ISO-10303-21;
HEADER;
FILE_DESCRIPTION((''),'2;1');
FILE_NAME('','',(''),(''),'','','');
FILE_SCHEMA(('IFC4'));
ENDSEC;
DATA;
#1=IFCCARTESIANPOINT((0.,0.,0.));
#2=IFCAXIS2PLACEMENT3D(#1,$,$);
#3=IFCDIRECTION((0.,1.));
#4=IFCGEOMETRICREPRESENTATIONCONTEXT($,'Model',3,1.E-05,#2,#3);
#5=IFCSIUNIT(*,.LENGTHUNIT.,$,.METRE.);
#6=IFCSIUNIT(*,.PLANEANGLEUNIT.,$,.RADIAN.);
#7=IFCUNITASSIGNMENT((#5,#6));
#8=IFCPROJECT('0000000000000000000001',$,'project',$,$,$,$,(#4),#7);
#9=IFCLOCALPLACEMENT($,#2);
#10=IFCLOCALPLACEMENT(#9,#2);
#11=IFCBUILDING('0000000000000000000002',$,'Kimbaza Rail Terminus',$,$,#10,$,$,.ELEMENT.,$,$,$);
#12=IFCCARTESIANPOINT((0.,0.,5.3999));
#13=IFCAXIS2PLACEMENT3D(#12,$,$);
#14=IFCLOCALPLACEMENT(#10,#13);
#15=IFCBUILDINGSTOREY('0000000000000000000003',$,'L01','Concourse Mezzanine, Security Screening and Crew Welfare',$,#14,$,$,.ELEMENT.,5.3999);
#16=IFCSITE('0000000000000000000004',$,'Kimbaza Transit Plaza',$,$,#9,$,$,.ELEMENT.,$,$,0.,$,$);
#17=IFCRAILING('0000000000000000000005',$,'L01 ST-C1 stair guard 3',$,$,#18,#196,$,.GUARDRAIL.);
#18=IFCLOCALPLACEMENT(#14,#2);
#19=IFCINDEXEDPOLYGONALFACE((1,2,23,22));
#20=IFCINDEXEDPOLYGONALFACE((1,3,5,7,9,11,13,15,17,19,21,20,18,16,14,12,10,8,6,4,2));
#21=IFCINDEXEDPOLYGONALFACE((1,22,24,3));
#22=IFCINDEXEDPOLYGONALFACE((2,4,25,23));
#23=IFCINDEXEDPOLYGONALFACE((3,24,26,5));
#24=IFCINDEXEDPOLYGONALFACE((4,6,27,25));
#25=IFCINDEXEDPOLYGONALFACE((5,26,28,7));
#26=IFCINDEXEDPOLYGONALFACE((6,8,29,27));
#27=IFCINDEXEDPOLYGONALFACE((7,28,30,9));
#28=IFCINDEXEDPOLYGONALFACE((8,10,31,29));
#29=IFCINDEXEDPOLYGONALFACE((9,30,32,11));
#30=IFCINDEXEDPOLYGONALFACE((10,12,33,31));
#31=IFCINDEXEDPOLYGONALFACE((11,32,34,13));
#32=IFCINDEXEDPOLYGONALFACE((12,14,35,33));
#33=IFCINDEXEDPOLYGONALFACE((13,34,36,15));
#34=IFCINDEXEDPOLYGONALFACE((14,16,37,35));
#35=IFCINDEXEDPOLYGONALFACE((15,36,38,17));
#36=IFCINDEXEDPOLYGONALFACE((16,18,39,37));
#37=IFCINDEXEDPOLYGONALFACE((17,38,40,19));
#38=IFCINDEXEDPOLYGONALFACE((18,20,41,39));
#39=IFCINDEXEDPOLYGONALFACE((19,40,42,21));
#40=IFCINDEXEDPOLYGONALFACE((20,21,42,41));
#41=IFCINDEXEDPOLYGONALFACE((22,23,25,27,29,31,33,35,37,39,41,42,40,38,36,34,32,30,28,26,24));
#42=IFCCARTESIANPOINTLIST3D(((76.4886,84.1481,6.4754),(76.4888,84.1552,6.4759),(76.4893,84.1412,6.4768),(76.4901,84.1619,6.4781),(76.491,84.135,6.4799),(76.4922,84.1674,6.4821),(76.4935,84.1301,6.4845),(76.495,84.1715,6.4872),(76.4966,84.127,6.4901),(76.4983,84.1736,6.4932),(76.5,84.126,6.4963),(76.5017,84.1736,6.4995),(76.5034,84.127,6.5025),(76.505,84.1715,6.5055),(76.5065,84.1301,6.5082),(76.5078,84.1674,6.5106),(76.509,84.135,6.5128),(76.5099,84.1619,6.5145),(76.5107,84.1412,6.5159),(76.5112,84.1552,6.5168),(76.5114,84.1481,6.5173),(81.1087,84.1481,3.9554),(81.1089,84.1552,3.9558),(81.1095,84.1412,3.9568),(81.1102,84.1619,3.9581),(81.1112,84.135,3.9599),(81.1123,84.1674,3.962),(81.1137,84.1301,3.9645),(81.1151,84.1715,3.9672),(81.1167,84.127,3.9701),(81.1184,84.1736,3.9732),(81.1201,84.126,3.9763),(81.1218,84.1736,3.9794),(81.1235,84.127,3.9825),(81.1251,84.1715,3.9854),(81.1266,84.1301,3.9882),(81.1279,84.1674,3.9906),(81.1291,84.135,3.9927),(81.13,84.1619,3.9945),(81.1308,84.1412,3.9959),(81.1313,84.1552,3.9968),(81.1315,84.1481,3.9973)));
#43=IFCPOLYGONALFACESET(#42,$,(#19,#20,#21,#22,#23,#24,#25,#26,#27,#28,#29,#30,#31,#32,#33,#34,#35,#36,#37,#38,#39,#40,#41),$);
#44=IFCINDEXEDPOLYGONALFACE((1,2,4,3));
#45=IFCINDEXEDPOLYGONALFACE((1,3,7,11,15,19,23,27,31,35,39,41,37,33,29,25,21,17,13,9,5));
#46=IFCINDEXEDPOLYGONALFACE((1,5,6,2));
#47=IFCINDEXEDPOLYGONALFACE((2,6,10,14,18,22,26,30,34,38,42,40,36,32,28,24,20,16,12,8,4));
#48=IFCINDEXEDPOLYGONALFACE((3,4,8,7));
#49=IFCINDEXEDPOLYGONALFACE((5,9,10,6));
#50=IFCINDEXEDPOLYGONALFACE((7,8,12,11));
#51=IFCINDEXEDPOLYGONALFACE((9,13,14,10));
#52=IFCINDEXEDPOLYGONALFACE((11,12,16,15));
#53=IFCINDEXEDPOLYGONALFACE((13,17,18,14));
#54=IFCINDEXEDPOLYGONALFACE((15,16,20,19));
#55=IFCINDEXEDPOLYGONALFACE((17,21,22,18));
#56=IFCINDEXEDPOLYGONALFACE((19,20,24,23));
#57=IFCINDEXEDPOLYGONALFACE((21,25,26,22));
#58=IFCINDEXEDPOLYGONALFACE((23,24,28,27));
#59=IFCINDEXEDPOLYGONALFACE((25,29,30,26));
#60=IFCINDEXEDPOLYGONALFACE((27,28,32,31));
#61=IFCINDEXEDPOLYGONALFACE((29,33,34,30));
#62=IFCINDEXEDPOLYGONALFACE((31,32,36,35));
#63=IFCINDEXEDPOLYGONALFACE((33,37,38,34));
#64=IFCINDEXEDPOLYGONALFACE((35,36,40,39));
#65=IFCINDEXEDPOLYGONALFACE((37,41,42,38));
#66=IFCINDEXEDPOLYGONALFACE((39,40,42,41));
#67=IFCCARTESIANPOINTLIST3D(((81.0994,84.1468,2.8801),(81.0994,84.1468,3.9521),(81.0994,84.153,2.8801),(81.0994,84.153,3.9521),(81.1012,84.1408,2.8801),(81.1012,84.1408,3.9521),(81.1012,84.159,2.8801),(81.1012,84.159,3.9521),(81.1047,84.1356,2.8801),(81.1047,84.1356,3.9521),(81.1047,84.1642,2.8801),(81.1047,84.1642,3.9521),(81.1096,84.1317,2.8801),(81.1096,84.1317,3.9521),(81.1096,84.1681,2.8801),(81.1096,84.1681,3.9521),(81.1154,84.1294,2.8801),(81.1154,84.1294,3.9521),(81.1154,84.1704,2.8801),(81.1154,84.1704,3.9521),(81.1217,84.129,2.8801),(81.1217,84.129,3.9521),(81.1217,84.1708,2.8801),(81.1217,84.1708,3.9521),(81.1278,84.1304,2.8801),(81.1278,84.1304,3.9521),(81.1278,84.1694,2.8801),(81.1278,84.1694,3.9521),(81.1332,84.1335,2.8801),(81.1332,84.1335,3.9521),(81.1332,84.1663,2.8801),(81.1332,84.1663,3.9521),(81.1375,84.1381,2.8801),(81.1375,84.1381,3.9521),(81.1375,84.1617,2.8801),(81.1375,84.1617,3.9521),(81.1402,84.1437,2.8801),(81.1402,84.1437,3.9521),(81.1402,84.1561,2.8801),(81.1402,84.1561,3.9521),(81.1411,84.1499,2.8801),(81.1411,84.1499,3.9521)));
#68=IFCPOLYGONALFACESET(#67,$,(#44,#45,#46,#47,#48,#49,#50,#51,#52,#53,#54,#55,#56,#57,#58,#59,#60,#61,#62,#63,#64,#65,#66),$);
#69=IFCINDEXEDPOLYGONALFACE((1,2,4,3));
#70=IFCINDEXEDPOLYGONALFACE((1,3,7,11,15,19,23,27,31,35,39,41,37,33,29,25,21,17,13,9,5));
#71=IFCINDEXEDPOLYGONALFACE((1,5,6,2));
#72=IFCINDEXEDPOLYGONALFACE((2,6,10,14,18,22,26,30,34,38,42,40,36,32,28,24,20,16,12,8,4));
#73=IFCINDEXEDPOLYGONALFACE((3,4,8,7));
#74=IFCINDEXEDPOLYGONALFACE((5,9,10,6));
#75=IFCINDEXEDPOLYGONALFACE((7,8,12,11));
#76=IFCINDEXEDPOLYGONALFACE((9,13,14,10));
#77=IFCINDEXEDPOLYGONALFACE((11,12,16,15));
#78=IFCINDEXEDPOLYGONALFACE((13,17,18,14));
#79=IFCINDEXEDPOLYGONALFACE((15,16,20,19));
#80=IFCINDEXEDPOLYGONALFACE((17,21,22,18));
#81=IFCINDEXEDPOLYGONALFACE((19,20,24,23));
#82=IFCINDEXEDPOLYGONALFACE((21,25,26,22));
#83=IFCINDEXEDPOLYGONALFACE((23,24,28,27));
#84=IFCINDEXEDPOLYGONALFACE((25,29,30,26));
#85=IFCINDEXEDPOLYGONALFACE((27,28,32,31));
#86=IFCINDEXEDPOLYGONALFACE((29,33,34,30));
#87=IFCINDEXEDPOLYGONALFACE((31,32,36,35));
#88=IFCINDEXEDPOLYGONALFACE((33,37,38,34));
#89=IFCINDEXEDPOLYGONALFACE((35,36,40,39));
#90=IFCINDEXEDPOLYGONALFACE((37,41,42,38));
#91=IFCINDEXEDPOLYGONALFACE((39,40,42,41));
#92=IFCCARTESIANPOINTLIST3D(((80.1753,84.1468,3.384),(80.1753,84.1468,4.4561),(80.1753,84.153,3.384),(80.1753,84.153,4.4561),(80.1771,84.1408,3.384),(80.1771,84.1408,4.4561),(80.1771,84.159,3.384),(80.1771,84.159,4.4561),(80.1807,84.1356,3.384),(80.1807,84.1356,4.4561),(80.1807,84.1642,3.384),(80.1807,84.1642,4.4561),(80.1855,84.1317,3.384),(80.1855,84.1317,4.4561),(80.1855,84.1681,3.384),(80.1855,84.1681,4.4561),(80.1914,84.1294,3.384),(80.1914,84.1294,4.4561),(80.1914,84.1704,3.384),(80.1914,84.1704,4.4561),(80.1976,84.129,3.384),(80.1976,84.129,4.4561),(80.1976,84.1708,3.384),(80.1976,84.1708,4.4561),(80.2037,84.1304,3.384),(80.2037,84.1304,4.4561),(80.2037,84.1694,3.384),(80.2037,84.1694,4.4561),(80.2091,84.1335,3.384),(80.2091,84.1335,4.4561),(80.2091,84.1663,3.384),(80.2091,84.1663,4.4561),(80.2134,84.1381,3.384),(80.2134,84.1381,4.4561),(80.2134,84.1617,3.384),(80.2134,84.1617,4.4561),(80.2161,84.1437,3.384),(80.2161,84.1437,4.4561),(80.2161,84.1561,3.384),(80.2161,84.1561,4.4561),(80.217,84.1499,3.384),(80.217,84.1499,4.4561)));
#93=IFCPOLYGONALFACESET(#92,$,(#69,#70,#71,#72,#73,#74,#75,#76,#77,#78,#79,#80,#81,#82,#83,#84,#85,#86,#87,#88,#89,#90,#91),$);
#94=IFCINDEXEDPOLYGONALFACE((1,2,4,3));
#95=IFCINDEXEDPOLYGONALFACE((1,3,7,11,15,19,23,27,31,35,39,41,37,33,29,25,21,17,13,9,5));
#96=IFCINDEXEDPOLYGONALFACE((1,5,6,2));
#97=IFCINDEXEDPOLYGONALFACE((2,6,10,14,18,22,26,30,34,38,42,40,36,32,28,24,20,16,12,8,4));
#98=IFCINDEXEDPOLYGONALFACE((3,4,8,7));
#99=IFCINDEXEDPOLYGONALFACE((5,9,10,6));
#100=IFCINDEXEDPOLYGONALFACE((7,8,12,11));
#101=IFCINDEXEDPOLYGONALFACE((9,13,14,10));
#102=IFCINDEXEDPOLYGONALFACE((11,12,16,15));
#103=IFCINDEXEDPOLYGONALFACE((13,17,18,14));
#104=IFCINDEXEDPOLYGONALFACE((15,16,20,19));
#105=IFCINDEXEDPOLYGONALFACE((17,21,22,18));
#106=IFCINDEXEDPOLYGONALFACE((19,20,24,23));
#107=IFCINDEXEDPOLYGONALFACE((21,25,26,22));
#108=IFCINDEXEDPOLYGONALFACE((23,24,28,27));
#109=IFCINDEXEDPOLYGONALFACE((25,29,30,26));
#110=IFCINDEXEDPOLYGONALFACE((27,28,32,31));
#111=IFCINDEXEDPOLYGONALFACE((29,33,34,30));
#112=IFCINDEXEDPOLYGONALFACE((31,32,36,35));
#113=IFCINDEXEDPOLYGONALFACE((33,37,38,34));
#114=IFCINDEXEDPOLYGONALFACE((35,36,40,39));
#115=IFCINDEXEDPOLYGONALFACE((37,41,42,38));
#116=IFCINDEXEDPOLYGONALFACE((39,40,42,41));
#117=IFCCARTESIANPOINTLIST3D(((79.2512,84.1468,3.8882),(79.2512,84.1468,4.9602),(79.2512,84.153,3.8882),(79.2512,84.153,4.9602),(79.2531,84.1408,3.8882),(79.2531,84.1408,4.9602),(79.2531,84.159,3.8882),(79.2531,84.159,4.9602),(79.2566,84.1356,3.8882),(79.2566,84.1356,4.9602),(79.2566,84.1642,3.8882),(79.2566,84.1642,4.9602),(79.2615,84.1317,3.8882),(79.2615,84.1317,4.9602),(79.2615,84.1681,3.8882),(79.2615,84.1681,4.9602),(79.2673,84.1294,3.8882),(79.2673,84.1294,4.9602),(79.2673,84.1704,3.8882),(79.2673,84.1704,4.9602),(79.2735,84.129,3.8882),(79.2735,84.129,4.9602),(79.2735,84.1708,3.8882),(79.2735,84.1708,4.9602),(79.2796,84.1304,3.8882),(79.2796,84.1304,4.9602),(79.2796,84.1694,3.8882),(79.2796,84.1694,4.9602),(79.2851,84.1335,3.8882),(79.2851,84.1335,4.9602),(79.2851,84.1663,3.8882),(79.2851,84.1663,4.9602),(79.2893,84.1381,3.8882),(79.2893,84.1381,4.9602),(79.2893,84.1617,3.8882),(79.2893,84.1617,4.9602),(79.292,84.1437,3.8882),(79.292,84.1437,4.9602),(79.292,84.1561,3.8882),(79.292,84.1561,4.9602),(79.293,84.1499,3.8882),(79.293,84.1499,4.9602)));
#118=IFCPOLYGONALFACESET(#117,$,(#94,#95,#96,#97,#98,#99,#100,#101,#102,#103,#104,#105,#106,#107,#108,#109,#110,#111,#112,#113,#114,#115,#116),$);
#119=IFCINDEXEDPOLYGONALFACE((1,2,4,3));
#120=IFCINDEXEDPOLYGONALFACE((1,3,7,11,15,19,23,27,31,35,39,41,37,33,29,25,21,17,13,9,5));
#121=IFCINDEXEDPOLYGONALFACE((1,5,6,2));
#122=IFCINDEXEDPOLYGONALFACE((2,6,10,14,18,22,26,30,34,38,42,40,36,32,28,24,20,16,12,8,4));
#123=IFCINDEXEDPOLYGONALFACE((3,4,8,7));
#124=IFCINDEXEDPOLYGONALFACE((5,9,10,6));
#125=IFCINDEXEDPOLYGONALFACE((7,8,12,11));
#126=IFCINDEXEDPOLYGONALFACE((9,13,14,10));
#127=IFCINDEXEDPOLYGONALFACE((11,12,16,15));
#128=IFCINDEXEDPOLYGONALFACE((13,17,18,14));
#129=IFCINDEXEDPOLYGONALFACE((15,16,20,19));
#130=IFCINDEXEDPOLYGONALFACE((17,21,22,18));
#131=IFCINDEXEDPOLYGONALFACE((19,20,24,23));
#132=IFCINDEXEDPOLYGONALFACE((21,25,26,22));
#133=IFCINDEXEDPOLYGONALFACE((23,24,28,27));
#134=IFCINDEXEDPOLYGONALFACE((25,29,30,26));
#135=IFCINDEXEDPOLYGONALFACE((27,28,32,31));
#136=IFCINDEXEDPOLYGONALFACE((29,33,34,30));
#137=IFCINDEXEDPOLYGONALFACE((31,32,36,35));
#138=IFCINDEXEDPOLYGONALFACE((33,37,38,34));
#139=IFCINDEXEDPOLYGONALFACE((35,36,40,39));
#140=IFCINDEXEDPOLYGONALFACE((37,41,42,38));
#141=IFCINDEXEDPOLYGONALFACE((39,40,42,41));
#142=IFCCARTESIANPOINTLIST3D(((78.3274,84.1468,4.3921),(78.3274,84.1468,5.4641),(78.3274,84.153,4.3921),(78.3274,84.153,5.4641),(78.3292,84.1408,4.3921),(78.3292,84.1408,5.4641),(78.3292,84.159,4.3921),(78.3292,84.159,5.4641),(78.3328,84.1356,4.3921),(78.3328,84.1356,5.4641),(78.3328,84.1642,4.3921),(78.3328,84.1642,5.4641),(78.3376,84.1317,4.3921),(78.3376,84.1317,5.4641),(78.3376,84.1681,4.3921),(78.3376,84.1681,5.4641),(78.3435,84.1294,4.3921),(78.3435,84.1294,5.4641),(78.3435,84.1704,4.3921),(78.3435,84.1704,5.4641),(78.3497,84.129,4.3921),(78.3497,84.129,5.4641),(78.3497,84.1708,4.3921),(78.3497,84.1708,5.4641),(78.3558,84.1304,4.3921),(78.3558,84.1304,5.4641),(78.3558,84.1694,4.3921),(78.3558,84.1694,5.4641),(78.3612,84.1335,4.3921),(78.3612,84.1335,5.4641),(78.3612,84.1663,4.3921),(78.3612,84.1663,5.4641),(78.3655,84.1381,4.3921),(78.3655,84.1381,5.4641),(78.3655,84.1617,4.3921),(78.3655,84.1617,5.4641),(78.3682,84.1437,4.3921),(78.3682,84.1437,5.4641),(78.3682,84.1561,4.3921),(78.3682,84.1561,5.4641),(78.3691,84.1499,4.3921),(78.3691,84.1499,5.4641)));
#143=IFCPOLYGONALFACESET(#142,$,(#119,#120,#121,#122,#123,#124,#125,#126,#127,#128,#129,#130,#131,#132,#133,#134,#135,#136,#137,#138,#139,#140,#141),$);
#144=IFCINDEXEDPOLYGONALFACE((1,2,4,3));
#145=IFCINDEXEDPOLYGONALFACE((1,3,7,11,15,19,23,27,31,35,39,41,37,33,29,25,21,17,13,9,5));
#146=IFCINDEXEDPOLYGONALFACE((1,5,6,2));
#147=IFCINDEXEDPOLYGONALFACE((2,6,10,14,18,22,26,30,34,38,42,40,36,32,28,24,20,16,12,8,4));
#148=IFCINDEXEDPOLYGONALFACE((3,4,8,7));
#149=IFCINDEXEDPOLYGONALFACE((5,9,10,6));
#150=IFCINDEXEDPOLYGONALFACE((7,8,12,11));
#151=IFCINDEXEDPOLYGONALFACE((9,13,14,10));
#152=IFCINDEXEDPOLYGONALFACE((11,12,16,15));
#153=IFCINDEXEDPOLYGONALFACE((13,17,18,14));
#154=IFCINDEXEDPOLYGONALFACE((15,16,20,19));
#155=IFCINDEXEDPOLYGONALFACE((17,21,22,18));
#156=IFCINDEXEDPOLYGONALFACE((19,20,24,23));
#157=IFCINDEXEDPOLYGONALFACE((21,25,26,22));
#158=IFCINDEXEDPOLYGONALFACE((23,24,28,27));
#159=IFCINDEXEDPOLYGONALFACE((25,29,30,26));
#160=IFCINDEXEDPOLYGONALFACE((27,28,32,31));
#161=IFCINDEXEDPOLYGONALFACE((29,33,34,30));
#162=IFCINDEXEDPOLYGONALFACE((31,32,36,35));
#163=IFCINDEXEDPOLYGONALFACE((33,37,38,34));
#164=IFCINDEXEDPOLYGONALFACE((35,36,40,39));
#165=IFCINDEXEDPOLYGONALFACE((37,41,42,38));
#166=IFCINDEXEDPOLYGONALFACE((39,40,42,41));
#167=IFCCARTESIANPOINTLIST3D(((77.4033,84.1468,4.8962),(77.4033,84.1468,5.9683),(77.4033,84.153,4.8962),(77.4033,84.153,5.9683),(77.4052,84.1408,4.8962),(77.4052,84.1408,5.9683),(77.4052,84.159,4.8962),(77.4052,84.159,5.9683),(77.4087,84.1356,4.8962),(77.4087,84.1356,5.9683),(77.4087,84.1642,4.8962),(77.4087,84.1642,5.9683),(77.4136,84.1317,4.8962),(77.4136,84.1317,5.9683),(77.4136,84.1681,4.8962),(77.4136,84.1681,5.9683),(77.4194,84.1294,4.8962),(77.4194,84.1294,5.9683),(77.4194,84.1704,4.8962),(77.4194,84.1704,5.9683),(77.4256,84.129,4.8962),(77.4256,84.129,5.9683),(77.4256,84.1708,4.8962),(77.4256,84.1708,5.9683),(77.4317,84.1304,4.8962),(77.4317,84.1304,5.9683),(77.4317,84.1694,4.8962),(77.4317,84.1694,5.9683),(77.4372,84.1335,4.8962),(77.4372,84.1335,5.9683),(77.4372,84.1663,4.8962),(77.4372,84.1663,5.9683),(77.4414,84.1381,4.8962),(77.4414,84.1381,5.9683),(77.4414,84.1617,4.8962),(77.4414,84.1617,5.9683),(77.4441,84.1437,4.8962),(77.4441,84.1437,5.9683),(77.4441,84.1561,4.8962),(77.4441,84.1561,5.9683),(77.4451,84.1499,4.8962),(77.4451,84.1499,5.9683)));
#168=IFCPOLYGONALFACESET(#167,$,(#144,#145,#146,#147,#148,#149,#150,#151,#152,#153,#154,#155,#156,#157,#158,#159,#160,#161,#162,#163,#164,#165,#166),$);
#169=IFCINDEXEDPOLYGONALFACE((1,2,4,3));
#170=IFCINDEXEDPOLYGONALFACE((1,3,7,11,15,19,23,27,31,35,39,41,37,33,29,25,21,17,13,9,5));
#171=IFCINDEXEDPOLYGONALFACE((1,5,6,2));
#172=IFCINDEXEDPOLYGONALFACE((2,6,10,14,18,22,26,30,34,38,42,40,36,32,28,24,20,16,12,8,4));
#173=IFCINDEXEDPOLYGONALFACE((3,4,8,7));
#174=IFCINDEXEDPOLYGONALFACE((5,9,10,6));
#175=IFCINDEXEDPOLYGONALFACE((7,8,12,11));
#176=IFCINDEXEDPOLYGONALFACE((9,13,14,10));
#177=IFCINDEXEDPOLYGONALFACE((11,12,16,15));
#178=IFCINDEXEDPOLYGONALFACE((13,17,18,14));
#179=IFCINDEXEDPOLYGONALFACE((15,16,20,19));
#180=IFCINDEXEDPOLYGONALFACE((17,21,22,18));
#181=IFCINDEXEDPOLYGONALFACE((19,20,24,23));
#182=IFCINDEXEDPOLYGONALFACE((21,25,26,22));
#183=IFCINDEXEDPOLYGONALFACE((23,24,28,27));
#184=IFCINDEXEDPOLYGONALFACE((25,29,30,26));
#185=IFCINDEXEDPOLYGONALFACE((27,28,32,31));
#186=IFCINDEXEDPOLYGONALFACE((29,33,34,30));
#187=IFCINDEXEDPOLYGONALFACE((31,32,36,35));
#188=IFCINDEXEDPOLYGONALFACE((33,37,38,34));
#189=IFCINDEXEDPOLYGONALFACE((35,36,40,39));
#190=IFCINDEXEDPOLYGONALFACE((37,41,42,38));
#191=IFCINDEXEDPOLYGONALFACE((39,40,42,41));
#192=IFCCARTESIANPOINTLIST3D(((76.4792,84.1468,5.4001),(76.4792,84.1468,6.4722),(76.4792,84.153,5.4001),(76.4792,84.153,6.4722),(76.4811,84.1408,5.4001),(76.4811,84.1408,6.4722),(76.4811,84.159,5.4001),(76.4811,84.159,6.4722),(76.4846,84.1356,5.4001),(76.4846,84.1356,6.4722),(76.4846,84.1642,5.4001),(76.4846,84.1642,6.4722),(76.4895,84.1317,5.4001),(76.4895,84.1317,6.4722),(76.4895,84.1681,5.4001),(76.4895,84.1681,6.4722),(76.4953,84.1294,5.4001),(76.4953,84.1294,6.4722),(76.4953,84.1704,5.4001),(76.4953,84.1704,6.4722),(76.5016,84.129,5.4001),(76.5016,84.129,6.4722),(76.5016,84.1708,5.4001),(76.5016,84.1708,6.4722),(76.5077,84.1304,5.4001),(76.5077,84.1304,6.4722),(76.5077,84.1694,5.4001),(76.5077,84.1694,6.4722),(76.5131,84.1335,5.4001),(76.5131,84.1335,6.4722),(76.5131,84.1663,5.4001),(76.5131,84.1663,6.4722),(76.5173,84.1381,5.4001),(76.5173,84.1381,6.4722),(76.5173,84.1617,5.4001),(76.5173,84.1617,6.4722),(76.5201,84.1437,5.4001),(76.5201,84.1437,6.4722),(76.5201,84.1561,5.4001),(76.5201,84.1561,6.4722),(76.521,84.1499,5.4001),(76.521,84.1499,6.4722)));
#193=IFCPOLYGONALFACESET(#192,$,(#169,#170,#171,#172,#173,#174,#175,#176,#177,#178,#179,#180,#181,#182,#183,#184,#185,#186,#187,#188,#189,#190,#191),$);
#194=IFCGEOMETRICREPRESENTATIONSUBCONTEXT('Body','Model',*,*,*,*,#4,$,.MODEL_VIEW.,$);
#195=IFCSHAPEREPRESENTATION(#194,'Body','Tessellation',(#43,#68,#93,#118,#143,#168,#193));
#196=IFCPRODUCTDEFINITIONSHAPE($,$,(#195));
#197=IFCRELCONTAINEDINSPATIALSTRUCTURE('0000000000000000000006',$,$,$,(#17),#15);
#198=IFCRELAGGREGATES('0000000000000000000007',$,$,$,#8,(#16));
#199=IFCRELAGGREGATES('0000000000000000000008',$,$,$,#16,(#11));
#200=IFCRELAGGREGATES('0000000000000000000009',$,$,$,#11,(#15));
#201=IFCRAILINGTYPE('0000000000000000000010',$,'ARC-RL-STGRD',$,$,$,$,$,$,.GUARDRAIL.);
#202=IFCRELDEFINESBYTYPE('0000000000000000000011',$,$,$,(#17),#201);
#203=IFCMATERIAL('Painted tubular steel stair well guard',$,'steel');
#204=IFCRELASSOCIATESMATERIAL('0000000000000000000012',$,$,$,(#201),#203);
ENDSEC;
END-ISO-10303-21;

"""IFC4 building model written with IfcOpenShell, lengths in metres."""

from ifc_helpers import new_model, si_unit, direction, frame, origin, origin_2d, place, context, subcontext, project, spatial, circle, extrude, material, type_object, element, save


model = new_model("IFC4")

# Units and contexts
model_context = context("Model", 3, precision=1e-05, world=origin(), true_north=direction((0.0, 1.0)))
body_context = subcontext(model_context, "Body", "Model", "MODEL_VIEW")
ifc_project = project(units=[si_unit("LENGTHUNIT", "METRE"), si_unit("PLANEANGLEUNIT", "RADIAN")], contexts=[model_context])

# Site, building, storey
site_placement = place(None, origin())
site = spatial("IfcSite", under=ifc_project, at=site_placement, Name="Kimbaza Transit Plaza", CompositionType="ELEMENT", RefElevation=0.0)
building_placement = place(site_placement, origin())
building = spatial("IfcBuilding", under=site, at=building_placement, Name="Kimbaza Rail Terminus", CompositionType="ELEMENT")
storey_placement = place(building_placement, frame((0.0, 0.0, 5.3999)))
storey = spatial("IfcBuildingStorey", under=building, at=storey_placement, Name="L01", Description="Concourse Mezzanine, Security Screening and Crew Welfare", CompositionType="ELEMENT", Elevation=5.3999)

# Railing
ifc_material_1 = material(Name="Painted tubular steel stair well guard", Category="steel")
railing_type_1 = type_object("IfcRailingType", Name="ARC-RL-STGRD", PredefinedType="GUARDRAIL", material=ifc_material_1)
railing_1_placement = place(storey_placement, frame((81.1201, 84.1499, 2.8801)))
element("IfcRailing", 1, at=railing_1_placement, inside=storey, type_object=railing_type_1, Name="L01 ST-C1 stair guard 3", PredefinedType="GUARDRAIL", context=body_context, shape_type="SweptSolid", body=[
    extrude(circle(Radius=0.0239, at=origin_2d()), frame((0.0, 0.0, 1.0962), z_axis=(-0.877899, 0.0, 0.478846), x_axis=(0.0, -1.0, 0.0)), (0.0, 0.0, 1.0), 5.2627),
    extrude(circle(Radius=0.021, at=origin_2d()), origin(), (0.0, 0.0, 1.0), 1.072),
    extrude(circle(Radius=0.021, at=origin_2d()), frame((-0.9241, 0.0, 0.5039)), (0.0, 0.0, 1.0), 1.072),
    extrude(circle(Radius=0.021, at=origin_2d()), frame((-1.8481, 0.0, 1.0081)), (0.0, 0.0, 1.0), 1.072),
    extrude(circle(Radius=0.021, at=origin_2d()), frame((-2.772, 0.0, 1.512)), (0.0, 0.0, 1.0), 1.072),
    extrude(circle(Radius=0.021, at=origin_2d()), frame((-3.696, 0.0, 2.0161)), (0.0, 0.0, 1.0), 1.072),
    extrude(circle(Radius=0.021, at=origin_2d()), frame((-4.6201, 0.0, 2.52)), (0.0, 0.0, 1.0), 1.072),
])

save(model, "model.ifc")
